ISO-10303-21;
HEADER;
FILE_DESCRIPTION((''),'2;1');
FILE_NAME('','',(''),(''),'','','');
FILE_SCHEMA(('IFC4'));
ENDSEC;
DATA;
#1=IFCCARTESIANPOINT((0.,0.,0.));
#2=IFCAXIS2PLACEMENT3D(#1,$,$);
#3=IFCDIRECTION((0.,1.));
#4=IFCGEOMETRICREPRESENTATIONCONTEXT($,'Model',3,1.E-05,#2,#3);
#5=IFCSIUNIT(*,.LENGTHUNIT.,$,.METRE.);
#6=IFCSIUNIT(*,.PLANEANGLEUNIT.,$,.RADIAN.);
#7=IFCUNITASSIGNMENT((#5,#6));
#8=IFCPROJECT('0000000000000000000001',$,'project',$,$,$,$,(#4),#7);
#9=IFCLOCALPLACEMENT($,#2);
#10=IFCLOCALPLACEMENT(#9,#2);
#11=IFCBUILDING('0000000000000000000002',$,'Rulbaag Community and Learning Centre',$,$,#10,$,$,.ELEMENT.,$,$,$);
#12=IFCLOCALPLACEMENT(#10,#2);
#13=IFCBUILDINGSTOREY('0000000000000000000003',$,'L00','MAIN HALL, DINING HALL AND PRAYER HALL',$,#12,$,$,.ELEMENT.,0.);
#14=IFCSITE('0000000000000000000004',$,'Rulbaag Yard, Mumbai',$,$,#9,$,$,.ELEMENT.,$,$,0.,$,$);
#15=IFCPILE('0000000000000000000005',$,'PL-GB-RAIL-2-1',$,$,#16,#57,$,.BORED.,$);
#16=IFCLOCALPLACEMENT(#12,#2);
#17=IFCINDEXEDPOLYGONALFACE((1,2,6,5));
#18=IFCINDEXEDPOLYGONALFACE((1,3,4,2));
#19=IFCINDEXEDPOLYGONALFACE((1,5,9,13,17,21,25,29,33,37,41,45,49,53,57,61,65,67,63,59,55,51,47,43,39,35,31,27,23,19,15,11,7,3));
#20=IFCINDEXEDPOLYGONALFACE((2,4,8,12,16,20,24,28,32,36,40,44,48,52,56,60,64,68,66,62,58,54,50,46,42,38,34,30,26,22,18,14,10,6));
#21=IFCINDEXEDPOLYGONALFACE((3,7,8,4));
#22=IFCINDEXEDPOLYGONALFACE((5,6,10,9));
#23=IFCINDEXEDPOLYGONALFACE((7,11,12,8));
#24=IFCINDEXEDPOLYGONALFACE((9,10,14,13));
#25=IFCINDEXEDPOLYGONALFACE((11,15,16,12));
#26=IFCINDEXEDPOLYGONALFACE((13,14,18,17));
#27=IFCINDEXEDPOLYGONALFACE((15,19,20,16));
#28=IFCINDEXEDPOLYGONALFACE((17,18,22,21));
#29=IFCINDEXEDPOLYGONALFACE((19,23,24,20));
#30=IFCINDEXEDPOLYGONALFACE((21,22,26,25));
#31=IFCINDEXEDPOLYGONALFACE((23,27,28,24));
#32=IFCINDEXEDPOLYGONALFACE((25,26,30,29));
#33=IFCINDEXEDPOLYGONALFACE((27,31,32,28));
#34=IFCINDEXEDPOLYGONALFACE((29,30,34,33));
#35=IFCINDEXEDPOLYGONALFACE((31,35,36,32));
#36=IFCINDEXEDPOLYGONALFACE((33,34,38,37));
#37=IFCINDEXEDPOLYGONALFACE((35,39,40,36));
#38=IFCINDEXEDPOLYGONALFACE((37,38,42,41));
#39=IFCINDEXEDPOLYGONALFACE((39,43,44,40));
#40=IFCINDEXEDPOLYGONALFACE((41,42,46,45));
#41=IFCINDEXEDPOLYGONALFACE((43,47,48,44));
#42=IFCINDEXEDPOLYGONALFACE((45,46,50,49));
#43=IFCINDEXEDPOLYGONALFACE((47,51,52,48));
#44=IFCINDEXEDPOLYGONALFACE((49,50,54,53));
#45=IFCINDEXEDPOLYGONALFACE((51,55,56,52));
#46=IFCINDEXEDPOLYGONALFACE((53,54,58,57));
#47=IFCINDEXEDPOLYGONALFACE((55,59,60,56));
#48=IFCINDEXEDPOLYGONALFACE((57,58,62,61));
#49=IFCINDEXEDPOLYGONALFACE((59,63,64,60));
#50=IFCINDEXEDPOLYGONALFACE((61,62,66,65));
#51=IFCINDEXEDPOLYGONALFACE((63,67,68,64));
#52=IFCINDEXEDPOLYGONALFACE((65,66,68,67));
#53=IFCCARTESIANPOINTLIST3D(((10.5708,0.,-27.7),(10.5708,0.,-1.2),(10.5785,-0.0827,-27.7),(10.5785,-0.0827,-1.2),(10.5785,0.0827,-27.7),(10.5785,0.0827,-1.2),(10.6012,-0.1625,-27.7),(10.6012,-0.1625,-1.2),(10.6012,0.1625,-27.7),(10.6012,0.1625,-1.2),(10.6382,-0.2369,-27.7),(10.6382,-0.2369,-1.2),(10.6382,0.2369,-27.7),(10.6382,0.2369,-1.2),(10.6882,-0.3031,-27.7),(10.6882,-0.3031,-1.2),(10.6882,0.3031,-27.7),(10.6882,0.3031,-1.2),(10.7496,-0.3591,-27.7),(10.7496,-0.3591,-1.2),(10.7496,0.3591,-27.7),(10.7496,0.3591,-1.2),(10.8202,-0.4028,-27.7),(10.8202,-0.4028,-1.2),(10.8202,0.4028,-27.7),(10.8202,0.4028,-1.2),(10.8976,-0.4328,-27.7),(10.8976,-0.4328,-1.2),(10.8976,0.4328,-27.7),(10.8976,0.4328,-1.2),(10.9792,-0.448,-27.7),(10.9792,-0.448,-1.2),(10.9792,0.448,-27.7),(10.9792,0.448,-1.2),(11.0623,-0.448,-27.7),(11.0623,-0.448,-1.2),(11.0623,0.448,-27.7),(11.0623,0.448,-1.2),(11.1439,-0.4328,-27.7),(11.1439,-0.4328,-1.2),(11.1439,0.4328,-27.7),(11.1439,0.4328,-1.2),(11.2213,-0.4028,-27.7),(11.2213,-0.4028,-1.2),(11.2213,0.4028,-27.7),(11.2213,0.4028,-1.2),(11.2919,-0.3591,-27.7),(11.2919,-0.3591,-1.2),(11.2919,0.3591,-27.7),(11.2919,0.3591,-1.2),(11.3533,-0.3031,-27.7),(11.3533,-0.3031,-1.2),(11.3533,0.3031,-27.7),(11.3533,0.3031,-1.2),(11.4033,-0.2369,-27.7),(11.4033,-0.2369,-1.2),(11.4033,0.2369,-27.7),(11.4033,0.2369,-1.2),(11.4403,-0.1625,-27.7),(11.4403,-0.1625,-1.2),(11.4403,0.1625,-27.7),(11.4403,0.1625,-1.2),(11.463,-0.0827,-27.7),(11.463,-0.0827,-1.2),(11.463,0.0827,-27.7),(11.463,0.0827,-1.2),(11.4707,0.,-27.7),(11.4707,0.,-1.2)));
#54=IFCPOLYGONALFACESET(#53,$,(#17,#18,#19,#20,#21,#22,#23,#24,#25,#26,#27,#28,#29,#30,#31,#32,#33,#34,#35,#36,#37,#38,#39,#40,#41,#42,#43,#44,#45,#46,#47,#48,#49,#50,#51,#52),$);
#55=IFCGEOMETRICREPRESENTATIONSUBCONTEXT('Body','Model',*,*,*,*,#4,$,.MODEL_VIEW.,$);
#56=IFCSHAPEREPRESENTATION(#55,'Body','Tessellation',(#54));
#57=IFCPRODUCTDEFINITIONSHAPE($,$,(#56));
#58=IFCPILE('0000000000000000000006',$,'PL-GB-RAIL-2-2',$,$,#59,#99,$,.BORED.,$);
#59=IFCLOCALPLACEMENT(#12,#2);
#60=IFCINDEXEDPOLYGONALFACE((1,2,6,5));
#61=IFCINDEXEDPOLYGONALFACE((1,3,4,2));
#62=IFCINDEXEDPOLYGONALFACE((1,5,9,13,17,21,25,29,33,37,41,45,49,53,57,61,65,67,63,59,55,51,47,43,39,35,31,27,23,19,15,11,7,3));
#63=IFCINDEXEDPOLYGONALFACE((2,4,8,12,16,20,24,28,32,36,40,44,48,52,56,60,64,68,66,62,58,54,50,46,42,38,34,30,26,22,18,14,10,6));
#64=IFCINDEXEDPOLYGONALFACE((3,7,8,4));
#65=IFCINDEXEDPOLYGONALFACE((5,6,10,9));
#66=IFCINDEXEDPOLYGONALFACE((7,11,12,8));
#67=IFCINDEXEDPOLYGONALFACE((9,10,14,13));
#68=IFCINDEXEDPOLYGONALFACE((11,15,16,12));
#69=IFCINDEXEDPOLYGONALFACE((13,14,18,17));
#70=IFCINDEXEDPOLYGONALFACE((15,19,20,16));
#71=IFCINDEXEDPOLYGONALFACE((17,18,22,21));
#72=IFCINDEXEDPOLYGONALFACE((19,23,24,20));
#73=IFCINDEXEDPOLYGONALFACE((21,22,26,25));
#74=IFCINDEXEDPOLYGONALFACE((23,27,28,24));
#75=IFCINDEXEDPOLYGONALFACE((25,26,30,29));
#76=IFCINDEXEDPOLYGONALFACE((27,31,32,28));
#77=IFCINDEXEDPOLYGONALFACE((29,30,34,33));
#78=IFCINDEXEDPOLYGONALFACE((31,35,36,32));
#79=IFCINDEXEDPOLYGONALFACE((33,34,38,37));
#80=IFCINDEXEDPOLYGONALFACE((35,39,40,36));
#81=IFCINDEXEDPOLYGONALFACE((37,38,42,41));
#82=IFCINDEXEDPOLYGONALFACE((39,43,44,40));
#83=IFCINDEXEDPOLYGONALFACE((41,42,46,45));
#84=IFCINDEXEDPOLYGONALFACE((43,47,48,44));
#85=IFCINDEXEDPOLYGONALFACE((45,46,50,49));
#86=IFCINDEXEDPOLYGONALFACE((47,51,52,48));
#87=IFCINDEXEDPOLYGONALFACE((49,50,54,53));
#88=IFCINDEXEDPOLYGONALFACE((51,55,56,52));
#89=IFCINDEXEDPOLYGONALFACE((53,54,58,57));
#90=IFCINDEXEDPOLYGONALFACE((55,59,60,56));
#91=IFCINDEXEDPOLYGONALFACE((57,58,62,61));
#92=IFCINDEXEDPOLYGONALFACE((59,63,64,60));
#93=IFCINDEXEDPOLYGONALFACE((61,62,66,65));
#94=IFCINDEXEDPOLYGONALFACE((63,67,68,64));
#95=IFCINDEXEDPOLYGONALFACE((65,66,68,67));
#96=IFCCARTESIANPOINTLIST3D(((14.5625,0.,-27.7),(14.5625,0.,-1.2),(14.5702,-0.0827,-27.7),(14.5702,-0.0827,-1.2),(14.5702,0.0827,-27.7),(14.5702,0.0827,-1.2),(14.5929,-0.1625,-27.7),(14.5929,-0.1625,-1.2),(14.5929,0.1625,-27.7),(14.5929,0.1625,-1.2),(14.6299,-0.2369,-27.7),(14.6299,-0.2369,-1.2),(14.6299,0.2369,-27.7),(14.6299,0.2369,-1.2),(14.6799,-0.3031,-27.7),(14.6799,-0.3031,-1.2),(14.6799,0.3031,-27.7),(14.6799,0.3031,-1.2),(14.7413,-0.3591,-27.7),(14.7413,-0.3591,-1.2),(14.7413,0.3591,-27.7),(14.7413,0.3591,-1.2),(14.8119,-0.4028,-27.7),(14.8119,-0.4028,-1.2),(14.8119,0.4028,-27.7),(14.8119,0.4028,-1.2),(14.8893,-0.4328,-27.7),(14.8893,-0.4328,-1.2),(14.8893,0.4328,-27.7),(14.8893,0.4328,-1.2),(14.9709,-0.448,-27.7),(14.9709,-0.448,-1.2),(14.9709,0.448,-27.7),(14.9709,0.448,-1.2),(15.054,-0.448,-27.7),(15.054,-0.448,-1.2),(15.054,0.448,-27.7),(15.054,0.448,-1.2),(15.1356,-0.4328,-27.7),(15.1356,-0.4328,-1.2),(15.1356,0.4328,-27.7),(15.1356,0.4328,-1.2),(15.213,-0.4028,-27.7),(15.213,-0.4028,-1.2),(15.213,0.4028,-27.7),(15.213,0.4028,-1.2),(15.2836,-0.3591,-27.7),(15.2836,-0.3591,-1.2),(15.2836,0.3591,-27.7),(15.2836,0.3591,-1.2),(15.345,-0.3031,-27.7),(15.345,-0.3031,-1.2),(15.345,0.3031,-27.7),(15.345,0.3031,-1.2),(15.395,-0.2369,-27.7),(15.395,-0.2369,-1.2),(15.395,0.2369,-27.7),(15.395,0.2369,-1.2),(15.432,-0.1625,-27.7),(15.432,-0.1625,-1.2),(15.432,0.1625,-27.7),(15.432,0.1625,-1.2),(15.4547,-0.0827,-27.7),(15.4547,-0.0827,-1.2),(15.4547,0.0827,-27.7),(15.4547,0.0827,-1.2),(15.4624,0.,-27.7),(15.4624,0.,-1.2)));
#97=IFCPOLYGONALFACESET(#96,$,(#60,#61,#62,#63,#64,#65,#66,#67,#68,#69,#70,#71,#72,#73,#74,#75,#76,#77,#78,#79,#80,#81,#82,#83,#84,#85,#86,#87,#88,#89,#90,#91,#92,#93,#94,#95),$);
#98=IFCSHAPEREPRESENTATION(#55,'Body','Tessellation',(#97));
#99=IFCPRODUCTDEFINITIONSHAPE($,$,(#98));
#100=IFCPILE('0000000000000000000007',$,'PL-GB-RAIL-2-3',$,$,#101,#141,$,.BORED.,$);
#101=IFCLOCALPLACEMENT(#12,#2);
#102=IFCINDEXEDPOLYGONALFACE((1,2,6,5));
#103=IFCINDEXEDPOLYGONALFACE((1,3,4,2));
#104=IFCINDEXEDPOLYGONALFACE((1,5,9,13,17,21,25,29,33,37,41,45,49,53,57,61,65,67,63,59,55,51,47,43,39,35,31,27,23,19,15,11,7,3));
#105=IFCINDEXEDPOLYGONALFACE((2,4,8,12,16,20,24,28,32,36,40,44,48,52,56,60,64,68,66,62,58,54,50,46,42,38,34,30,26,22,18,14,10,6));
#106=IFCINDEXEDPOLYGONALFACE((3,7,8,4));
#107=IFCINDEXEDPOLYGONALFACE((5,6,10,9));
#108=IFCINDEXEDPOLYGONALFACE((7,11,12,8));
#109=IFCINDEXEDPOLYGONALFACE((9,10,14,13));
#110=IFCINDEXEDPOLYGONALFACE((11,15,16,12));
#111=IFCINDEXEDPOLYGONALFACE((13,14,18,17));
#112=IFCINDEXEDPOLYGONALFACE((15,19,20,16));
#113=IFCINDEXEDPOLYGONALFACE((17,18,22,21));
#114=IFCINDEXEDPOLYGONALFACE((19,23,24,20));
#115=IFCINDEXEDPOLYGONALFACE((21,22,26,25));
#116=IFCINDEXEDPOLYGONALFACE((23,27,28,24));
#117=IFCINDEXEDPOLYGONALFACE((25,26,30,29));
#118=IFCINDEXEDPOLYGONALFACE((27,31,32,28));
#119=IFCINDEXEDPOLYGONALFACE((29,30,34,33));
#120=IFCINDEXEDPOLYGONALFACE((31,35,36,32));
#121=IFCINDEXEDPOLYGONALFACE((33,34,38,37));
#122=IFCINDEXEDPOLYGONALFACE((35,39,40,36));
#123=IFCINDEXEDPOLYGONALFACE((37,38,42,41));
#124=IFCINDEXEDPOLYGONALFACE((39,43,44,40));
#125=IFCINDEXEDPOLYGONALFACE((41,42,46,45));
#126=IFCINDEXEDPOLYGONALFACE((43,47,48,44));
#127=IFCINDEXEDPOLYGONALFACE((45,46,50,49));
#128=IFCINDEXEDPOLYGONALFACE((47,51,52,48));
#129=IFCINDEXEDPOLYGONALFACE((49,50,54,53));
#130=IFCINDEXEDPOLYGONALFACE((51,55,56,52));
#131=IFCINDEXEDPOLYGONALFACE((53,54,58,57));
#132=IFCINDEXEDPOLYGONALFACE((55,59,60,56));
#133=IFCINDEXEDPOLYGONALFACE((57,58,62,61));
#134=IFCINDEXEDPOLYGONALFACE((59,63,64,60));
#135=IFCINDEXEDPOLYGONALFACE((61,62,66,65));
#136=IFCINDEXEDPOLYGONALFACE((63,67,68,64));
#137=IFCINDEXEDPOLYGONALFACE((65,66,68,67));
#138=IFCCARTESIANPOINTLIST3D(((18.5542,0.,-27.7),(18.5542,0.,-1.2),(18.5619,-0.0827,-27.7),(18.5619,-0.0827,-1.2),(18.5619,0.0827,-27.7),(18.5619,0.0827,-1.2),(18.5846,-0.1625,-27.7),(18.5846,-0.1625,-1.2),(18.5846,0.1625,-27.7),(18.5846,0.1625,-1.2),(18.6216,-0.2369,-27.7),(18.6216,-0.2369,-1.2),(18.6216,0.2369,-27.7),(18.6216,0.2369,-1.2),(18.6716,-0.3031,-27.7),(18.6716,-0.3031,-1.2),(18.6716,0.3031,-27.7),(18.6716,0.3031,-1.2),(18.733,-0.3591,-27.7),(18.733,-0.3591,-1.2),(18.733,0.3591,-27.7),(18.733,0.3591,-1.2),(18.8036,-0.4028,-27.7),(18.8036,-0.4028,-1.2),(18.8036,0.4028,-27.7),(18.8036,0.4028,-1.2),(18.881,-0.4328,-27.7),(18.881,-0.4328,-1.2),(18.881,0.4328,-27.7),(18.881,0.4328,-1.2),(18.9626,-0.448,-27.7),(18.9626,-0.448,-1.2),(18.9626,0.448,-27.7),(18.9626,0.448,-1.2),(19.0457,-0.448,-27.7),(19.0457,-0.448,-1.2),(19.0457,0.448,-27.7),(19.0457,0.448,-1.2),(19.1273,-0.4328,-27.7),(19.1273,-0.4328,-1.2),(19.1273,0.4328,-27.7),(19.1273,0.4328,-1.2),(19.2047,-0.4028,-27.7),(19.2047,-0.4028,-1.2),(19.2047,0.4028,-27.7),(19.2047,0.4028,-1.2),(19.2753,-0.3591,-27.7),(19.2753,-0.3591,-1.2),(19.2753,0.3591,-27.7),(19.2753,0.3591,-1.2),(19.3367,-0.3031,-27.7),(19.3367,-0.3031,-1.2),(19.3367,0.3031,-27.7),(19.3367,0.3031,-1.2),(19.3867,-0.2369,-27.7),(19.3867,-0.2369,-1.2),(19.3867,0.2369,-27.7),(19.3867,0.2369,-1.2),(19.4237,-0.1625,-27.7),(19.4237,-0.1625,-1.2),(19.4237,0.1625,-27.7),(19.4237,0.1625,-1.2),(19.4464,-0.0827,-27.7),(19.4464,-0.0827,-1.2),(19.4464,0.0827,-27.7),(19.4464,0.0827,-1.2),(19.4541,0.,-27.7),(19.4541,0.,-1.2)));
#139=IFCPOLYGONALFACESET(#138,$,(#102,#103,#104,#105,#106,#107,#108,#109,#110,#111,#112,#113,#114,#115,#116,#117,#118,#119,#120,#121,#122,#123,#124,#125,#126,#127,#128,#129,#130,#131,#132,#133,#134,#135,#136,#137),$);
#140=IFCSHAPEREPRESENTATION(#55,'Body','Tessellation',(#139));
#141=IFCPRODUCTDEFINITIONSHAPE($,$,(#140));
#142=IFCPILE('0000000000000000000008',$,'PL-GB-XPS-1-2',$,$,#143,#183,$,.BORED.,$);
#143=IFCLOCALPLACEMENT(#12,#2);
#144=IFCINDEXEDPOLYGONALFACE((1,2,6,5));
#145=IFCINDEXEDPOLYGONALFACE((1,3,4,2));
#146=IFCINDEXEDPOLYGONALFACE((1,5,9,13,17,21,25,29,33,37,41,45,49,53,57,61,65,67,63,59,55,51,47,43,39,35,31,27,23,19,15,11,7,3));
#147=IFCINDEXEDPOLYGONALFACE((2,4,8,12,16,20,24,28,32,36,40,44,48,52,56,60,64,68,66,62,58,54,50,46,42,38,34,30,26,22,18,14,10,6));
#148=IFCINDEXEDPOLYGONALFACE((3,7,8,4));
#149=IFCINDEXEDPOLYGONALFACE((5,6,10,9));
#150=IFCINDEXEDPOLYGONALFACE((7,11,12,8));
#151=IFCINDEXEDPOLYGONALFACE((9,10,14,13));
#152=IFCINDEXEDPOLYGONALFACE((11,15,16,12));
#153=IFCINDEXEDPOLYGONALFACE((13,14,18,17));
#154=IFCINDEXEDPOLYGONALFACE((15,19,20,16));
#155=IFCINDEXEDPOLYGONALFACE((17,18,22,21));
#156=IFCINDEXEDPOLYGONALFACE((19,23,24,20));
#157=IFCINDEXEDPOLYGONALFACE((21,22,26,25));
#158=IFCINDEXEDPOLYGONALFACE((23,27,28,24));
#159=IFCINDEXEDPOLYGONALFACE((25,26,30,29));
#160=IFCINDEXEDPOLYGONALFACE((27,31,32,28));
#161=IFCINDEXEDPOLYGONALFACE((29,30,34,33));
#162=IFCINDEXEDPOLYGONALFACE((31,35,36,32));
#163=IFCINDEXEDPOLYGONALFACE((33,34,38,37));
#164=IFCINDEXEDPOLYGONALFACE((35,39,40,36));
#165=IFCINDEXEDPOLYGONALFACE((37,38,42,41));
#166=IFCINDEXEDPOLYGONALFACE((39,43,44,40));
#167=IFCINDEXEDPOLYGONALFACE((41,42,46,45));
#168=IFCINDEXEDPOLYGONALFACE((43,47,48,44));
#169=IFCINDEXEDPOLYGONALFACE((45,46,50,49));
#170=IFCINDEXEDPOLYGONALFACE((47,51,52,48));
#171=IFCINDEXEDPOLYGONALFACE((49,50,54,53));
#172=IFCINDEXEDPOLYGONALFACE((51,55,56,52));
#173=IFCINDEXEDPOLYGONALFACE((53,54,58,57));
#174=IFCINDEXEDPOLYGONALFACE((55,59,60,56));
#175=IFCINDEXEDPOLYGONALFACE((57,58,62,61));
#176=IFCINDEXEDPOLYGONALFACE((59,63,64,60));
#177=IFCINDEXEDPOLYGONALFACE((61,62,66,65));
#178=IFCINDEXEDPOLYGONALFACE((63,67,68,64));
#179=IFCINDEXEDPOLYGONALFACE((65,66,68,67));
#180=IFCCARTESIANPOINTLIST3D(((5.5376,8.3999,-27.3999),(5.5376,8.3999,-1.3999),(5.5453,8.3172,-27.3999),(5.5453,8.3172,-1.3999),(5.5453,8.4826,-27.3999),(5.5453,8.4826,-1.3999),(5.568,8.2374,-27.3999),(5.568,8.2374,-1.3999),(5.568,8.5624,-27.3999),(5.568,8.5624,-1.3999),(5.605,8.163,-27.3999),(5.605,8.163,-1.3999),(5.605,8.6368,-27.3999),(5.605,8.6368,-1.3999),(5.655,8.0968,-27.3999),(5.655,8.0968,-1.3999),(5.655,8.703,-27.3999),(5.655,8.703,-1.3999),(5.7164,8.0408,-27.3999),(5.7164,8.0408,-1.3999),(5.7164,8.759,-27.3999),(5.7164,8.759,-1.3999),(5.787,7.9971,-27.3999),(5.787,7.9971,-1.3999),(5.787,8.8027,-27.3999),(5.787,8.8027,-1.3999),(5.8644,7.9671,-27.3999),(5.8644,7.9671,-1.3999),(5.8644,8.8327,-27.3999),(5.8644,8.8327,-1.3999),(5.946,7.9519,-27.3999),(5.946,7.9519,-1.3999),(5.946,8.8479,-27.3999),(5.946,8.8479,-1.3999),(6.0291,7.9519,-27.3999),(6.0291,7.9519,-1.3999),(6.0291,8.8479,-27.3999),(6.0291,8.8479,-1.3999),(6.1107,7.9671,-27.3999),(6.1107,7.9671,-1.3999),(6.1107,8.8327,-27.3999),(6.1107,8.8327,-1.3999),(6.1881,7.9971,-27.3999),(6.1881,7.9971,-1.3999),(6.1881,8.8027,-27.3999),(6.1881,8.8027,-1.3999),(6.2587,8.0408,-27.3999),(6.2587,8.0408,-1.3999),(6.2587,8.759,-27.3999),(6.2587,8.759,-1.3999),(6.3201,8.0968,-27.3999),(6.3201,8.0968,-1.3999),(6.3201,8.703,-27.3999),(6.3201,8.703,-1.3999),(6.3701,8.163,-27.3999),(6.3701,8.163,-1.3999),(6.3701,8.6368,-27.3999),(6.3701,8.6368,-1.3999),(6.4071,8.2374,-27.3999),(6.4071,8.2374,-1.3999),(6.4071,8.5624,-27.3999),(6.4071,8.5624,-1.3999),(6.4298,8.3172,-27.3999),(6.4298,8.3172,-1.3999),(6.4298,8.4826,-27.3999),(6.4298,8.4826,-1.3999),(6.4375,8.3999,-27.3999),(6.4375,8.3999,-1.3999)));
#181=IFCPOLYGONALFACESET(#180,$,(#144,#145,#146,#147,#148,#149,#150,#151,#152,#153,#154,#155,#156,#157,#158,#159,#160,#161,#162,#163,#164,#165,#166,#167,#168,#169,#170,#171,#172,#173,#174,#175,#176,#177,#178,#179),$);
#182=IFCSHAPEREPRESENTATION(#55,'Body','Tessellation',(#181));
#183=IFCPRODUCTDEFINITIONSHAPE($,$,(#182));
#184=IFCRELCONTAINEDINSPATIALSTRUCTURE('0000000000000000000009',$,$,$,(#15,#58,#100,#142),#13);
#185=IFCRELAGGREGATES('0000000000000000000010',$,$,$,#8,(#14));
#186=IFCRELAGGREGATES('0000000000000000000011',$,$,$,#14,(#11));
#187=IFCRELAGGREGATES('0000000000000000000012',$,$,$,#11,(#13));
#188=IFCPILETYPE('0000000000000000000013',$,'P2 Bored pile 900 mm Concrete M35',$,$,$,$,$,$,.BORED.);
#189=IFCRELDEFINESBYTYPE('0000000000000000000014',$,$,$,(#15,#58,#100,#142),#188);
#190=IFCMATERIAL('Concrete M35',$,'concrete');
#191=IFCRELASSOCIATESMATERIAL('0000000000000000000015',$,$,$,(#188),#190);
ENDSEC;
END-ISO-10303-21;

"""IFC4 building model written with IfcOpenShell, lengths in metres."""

from ifc_helpers import new_model, si_unit, direction, frame, origin, origin_2d, place, context, subcontext, project, spatial, circle, extrude, material, material_profile, profile_set, type_object, element, save


model = new_model("IFC4")

# Units and contexts
model_context = context("Model", 3, precision=1e-05, world=origin(), true_north=direction((0.0, 1.0)))
body_context = subcontext(model_context, "Body", "Model", "MODEL_VIEW")
ifc_project = project(units=[si_unit("LENGTHUNIT", "METRE"), si_unit("PLANEANGLEUNIT", "RADIAN")], contexts=[model_context])

# Site, building, storey
site_placement = place(None, origin())
site = spatial("IfcSite", under=ifc_project, at=site_placement, Name="Rulbaag Yard, Mumbai", CompositionType="ELEMENT", RefElevation=0.0)
building_placement = place(site_placement, origin())
building = spatial("IfcBuilding", under=site, at=building_placement, Name="Rulbaag Community and Learning Centre", CompositionType="ELEMENT")
storey_placement = place(building_placement, origin())
storey = spatial("IfcBuildingStorey", under=building, at=storey_placement, Name="L00", Description="MAIN HALL, DINING HALL AND PRAYER HALL", CompositionType="ELEMENT", Elevation=0.0)

# Shared definitions
ifc_material_1 = material(Name="Concrete M35", Category="concrete")

# Piles
ifc_material_profile_1 = material_profile(ifc_material_1, circle(Radius=0.45, at=origin_2d()), Name="BP900")
ifc_profile_set_1 = profile_set([ifc_material_profile_1], Name="Concrete M35")
pile_type_1 = type_object("IfcPileType", Name="P2 Bored pile 900 mm Concrete M35", PredefinedType="BORED", material=ifc_profile_set_1)
for number, where, z_axis, x_axis, name in (
    (1, (11.0208, 0.0, -1.2), (0.0, 0.0, -1.0), (1.0, 0.0, 0.0), "PL-GB-RAIL-2-1"),
    (2, (15.0125, 0.0, -1.2), (0.0, 0.0, -1.0), (1.0, 0.0, 0.0), "PL-GB-RAIL-2-2"),
    (3, (19.0042, 0.0, -1.2), (0.0, 0.0, -1.0), (1.0, 0.0, 0.0), "PL-GB-RAIL-2-3"),
):
    element("IfcPile", number, at=place(storey_placement, frame(where, z_axis=z_axis, x_axis=x_axis)), inside=storey, type_object=pile_type_1, Name=name, PredefinedType="BORED", context=body_context, shape_type="SweptSolid", body=[
        extrude(circle(Radius=0.45, at=origin_2d()), origin(), (0.0, 0.0, 1.0), 26.5),
    ])
pile_1_placement = place(storey_placement, frame((5.9875, 8.3999, -1.3999), z_axis=(0.0, 0.0, -1.0), x_axis=(1.0, 0.0, 0.0)))
element("IfcPile", 4, at=pile_1_placement, inside=storey, type_object=pile_type_1, Name="PL-GB-XPS-1-2", PredefinedType="BORED", context=body_context, shape_type="SweptSolid", body=[
    extrude(circle(Radius=0.45, at=origin_2d()), origin(), (0.0, 0.0, 1.0), 26.0),
])

save(model, "model.ifc")
